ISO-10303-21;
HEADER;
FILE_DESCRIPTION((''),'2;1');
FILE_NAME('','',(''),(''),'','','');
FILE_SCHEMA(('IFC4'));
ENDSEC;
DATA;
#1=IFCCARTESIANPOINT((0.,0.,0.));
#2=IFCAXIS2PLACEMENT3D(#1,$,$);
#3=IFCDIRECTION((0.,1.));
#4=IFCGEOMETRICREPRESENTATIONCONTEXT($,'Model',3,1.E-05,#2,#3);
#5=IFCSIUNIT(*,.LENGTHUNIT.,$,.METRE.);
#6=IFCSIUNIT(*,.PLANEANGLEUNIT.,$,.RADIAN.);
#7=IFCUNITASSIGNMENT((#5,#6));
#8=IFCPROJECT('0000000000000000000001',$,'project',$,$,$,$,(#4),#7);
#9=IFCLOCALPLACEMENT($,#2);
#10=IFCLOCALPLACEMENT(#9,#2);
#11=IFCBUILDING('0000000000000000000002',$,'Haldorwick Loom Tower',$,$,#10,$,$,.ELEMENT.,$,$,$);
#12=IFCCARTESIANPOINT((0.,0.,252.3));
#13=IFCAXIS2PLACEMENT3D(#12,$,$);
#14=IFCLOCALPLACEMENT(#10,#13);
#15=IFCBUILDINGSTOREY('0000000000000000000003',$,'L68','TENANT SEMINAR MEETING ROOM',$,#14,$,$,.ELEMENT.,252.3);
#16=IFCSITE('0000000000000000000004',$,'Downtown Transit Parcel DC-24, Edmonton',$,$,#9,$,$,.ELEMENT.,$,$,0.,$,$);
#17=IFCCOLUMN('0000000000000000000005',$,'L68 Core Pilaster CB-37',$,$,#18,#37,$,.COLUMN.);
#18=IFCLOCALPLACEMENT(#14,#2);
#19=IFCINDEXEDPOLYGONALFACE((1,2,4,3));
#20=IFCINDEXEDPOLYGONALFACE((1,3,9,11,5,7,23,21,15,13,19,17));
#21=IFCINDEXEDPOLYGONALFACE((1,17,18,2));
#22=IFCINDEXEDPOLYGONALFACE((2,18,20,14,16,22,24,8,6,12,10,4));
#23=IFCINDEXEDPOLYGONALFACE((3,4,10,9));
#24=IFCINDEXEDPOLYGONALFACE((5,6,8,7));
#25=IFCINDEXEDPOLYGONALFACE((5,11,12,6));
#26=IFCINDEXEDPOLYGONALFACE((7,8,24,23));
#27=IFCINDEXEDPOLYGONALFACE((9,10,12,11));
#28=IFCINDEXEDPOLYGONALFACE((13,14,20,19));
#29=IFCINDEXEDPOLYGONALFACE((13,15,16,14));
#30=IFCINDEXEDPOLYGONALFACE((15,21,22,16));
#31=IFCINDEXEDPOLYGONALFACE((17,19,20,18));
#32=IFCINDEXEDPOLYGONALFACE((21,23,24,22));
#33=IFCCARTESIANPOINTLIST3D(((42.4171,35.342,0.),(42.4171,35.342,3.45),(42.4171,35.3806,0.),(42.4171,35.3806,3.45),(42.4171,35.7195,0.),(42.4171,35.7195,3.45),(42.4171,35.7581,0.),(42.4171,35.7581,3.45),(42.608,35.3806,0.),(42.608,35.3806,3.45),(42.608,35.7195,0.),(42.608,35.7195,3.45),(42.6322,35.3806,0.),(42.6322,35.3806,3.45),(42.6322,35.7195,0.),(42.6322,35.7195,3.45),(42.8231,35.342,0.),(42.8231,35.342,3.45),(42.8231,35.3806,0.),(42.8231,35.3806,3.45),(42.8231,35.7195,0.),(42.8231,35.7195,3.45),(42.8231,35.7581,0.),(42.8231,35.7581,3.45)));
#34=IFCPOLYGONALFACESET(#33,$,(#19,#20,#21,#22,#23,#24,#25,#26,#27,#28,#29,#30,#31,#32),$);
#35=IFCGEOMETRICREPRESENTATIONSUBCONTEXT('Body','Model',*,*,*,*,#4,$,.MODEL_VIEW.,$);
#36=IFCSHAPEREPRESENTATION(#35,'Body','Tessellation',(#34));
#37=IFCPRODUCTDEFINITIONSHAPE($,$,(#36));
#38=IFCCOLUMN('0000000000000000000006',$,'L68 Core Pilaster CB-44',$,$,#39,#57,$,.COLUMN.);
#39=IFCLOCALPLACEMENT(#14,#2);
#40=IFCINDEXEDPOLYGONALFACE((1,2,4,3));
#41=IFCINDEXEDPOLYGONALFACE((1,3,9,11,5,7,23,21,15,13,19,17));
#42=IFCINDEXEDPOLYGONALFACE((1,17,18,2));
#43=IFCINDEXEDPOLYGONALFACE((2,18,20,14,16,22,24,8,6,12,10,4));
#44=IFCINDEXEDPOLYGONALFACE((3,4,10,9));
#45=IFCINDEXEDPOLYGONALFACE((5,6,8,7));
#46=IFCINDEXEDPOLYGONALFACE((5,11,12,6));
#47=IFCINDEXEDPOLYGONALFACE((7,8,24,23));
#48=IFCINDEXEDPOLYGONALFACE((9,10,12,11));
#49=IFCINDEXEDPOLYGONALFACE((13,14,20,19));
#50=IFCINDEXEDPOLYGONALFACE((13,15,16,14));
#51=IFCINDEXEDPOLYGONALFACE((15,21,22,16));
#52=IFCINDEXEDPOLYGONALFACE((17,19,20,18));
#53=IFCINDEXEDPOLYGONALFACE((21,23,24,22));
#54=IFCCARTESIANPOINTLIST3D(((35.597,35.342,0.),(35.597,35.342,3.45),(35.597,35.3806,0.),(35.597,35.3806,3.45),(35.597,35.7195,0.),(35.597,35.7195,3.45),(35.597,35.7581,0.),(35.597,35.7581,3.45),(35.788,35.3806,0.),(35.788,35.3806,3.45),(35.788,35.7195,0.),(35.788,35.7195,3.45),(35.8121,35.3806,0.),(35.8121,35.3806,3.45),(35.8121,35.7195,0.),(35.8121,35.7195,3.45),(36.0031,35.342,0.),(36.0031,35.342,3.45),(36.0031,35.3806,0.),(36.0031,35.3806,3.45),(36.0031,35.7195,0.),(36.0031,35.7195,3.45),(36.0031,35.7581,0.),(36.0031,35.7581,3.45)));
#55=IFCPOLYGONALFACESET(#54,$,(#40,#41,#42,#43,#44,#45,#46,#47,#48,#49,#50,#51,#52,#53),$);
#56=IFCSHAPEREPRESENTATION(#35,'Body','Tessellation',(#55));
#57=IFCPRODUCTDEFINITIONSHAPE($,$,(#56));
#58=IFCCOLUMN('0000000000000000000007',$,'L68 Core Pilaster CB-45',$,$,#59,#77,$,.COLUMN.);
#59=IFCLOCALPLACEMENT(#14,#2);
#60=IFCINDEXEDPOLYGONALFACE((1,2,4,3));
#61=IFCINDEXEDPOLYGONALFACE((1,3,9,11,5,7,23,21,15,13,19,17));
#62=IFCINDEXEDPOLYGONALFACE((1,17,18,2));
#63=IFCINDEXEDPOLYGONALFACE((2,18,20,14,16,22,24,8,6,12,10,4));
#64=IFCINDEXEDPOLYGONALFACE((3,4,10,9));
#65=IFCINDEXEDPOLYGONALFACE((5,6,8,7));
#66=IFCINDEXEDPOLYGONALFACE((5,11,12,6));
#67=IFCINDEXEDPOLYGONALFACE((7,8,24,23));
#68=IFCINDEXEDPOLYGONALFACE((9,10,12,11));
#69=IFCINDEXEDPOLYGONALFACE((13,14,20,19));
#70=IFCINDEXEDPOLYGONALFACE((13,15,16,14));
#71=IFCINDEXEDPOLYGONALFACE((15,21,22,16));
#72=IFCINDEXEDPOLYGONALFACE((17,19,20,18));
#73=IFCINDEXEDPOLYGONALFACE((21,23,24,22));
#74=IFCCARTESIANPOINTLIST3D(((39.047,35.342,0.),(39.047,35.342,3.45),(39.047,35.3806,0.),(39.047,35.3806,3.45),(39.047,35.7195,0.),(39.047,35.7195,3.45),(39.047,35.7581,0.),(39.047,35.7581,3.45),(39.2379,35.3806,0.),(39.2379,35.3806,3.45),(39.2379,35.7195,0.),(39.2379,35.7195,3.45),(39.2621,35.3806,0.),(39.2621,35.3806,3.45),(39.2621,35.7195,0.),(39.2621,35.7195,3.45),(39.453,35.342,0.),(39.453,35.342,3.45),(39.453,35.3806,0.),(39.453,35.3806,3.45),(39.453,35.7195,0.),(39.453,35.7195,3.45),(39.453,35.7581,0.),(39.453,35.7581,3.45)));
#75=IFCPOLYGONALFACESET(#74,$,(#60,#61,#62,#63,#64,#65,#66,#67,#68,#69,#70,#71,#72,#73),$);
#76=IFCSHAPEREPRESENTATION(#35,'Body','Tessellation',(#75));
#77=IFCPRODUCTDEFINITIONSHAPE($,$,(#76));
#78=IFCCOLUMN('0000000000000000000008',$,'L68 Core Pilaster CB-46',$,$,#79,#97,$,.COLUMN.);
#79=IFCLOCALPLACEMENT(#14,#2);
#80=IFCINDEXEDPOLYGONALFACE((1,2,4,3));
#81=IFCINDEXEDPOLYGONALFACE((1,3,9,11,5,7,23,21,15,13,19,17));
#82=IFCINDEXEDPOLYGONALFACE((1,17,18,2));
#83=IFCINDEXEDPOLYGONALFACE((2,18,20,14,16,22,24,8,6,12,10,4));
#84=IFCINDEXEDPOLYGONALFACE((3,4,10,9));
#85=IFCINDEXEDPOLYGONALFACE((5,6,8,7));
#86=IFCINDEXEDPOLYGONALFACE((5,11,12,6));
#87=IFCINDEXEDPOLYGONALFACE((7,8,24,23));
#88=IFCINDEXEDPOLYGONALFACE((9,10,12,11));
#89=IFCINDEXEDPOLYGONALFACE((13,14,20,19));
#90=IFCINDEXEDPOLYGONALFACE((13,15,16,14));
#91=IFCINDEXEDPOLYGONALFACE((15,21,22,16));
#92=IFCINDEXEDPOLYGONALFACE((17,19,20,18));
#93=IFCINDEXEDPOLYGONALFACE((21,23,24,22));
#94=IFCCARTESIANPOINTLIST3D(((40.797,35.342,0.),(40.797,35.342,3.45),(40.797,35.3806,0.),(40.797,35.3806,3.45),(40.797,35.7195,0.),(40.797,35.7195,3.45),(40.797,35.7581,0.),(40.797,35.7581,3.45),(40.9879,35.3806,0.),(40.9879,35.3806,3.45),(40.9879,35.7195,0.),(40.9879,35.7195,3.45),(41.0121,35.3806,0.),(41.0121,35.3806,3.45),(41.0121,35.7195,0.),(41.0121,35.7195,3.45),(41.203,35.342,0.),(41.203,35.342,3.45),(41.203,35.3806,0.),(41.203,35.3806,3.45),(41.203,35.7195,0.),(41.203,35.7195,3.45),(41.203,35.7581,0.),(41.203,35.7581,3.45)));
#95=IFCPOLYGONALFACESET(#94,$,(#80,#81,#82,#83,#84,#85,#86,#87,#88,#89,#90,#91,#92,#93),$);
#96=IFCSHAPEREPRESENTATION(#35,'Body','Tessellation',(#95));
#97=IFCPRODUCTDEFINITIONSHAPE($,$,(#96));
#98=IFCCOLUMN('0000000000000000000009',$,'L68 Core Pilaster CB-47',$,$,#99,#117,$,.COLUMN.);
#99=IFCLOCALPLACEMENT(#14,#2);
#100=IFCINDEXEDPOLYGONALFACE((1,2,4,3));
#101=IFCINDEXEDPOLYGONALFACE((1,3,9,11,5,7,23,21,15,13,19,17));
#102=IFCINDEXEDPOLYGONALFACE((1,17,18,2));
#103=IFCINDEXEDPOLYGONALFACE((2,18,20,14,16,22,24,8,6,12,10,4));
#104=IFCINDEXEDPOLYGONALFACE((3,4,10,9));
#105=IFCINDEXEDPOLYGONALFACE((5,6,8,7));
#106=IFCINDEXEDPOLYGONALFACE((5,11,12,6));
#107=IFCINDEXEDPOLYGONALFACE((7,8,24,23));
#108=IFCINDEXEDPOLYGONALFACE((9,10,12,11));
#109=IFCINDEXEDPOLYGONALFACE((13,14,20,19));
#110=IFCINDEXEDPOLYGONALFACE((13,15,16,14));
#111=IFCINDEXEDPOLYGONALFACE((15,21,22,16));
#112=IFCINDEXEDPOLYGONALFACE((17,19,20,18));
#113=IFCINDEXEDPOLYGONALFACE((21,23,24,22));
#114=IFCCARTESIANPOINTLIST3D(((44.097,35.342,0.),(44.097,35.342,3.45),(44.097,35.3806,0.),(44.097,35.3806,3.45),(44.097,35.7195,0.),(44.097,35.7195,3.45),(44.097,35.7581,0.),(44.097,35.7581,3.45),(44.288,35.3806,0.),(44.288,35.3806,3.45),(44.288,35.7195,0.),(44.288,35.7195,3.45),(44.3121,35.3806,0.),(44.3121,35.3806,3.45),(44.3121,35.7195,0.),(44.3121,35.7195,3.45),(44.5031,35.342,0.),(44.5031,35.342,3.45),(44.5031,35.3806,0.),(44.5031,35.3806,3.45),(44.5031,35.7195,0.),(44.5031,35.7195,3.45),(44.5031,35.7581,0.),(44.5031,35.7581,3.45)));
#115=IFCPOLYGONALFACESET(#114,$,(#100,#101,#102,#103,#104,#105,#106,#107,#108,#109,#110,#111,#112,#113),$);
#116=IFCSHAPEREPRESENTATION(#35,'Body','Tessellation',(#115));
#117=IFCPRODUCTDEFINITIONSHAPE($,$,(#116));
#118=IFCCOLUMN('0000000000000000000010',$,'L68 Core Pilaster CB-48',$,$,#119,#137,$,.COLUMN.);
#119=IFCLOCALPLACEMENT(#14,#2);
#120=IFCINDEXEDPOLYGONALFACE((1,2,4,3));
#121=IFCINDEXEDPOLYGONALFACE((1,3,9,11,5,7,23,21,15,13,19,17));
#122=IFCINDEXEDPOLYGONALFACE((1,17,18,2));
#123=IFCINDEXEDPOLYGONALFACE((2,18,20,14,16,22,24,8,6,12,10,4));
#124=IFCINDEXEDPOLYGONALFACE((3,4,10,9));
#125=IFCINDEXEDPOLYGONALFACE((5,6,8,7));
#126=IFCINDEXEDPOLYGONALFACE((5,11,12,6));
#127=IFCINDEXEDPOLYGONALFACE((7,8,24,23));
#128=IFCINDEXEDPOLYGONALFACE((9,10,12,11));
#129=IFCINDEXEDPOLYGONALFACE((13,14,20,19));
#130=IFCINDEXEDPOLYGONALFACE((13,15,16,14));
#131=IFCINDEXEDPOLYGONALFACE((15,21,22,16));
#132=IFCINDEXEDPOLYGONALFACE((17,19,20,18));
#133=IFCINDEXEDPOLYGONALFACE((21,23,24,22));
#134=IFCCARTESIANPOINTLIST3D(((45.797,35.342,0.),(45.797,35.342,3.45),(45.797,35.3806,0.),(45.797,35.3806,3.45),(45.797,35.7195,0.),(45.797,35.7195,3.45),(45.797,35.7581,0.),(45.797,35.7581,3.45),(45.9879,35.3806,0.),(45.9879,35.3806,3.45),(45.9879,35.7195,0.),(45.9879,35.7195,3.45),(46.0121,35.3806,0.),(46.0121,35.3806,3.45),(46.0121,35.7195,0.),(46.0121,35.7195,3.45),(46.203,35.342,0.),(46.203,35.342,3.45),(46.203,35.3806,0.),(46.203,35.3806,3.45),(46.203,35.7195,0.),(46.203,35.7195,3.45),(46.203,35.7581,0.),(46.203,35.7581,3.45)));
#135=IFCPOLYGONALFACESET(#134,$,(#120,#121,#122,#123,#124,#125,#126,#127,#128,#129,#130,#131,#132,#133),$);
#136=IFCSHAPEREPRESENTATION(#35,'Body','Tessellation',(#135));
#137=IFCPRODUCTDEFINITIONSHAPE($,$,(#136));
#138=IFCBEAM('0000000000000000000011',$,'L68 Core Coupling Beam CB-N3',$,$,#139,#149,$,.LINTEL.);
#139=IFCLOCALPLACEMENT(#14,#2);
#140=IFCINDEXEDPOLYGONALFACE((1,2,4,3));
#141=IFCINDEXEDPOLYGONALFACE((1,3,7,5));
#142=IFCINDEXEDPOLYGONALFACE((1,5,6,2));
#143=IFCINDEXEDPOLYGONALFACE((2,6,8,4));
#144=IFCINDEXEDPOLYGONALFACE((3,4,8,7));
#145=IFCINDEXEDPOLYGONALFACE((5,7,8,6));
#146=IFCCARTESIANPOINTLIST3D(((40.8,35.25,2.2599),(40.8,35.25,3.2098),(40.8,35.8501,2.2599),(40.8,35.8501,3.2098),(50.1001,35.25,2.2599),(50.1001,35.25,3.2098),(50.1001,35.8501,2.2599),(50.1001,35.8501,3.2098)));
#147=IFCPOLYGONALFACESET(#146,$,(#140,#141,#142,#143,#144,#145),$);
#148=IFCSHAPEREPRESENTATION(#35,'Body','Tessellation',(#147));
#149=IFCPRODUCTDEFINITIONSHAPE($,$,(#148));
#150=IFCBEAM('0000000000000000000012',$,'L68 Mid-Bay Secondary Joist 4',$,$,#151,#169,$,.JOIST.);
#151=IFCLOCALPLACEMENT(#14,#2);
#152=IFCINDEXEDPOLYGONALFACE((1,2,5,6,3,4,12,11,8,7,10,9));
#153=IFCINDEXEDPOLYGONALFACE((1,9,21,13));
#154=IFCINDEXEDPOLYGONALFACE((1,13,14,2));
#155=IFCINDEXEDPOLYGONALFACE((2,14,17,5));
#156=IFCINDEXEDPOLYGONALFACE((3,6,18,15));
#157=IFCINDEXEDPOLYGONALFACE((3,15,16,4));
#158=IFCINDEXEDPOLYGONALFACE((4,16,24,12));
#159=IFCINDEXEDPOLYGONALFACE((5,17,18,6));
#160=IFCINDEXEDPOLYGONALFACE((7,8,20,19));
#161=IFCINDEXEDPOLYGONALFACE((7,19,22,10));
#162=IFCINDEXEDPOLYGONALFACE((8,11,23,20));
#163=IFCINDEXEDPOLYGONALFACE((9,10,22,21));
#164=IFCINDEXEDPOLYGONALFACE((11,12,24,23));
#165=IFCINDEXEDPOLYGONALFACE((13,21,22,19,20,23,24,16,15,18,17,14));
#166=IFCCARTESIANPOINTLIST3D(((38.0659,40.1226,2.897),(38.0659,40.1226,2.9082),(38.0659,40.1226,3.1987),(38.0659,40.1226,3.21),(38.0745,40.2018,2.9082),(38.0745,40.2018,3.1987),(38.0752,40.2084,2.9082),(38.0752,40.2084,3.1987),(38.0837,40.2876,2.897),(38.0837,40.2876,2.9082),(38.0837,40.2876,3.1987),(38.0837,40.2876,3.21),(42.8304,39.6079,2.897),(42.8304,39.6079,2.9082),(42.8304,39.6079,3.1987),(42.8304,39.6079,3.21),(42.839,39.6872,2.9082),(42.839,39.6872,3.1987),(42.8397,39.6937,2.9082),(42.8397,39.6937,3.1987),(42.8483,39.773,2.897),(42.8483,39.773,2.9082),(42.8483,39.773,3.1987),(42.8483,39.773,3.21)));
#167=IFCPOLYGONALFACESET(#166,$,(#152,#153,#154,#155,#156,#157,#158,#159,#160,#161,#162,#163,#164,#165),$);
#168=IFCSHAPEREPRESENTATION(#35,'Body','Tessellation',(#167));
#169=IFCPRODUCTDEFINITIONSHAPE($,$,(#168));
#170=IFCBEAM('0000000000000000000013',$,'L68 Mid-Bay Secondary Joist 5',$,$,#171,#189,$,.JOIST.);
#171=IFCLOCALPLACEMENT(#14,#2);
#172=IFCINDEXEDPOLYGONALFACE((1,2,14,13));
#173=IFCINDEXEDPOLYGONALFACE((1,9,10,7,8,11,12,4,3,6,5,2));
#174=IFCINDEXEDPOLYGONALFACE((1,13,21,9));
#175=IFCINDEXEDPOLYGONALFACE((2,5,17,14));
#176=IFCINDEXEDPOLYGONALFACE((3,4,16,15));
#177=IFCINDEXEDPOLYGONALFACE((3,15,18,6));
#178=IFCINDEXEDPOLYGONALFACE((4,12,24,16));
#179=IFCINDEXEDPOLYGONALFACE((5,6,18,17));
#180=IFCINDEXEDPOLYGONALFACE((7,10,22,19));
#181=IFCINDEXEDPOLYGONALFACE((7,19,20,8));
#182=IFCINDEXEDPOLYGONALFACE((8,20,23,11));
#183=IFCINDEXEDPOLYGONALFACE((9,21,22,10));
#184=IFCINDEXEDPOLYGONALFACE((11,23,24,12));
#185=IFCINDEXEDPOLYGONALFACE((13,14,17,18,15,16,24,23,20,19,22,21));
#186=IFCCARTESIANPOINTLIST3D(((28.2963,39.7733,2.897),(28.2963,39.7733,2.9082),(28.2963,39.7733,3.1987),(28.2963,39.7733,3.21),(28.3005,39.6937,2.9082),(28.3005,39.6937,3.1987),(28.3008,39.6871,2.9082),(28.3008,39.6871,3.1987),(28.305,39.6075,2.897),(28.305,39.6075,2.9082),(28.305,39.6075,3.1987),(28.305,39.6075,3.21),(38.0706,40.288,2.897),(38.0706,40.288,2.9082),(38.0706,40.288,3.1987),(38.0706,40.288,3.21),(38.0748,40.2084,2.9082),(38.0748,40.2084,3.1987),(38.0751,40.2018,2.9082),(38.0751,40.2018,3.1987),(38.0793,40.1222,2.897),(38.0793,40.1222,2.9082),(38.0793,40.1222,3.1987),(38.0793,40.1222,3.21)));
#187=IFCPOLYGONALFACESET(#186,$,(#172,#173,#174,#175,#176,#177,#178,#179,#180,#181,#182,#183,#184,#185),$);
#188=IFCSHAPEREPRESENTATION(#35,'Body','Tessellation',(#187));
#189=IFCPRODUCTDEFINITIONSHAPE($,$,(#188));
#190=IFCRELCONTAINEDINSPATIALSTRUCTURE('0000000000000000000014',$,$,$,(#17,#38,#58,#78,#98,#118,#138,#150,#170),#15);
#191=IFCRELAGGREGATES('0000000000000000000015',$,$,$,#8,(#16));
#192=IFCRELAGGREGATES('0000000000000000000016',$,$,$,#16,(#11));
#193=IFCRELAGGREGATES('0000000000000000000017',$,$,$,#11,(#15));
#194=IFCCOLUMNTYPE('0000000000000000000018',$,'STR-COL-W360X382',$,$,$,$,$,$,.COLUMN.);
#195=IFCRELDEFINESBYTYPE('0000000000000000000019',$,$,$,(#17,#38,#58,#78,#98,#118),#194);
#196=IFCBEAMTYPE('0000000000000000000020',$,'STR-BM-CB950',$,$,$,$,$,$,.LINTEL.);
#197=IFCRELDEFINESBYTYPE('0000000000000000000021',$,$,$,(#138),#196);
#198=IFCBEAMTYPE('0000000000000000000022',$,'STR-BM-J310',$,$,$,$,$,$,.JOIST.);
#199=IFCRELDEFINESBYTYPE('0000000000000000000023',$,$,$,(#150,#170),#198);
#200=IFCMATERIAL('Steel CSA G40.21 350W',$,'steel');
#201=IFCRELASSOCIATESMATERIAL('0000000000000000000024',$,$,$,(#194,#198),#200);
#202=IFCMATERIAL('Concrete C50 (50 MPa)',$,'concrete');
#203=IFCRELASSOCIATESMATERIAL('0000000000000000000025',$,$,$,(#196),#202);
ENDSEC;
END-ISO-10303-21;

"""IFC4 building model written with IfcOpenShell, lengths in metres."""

from ifc_helpers import new_model, si_unit, direction, frame, origin, origin_2d, place, context, subcontext, project, spatial, rectangle, i_section, extrude, material, material_profile, profile_set, type_object, element, save


model = new_model("IFC4")

# Units and contexts
model_context = context("Model", 3, precision=1e-05, world=origin(), true_north=direction((0.0, 1.0)))
body_context = subcontext(model_context, "Body", "Model", "MODEL_VIEW")
ifc_project = project(units=[si_unit("LENGTHUNIT", "METRE"), si_unit("PLANEANGLEUNIT", "RADIAN")], contexts=[model_context])

# Site, building, storey
site_placement = place(None, origin())
site = spatial("IfcSite", under=ifc_project, at=site_placement, Name="Downtown Transit Parcel DC-24, Edmonton", CompositionType="ELEMENT", RefElevation=0.0)
building_placement = place(site_placement, origin())
building = spatial("IfcBuilding", under=site, at=building_placement, Name="Haldorwick Loom Tower", CompositionType="ELEMENT")
storey_placement = place(building_placement, frame((0.0, 0.0, 252.3)))
storey = spatial("IfcBuildingStorey", under=building, at=storey_placement, Name="L68", Description="TENANT SEMINAR MEETING ROOM", CompositionType="ELEMENT", Elevation=252.3)

# Columns
ifc_material_1 = material(Name="Steel CSA G40.21 350W", Category="steel")
ifc_material_profile_1 = material_profile(ifc_material_1, i_section(OverallWidth=0.406, OverallDepth=0.416, WebThickness=0.0242, FlangeThickness=0.0386, at=origin_2d()), Name="W360X382", Category="steel")
ifc_profile_set_1 = profile_set([ifc_material_profile_1], Name="Steel CSA G40.21 350W")
column_type_1 = type_object("IfcColumnType", Name="STR-COL-W360X382", PredefinedType="COLUMN", material=ifc_profile_set_1)
for number, where, z_axis, x_axis, name in (
    (1, (42.6201, 35.55, 0.0), (0.0, 0.0, 1.0), (1.0, 0.0, 0.0), "L68 Core Pilaster CB-37"),
    (2, (35.8, 35.55, 0.0), (0.0, 0.0, 1.0), (1.0, 0.0, 0.0), "L68 Core Pilaster CB-44"),
    (3, (39.25, 35.55, 0.0), (0.0, 0.0, 1.0), (1.0, 0.0, 0.0), "L68 Core Pilaster CB-45"),
    (4, (41.0, 35.55, 0.0), (0.0, 0.0, 1.0), (1.0, 0.0, 0.0), "L68 Core Pilaster CB-46"),
    (5, (44.3, 35.55, 0.0), (0.0, 0.0, 1.0), (1.0, 0.0, 0.0), "L68 Core Pilaster CB-47"),
    (6, (46.0, 35.55, 0.0), (0.0, 0.0, 1.0), (1.0, 0.0, 0.0), "L68 Core Pilaster CB-48"),
):
    element("IfcColumn", number, at=place(storey_placement, frame(where, z_axis=z_axis, x_axis=x_axis)), inside=storey, type_object=column_type_1, Name=name, PredefinedType="COLUMN", context=body_context, shape_type="SweptSolid", body=[
        extrude(i_section(OverallWidth=0.406, OverallDepth=0.416, WebThickness=0.0242, FlangeThickness=0.0386, at=origin_2d()), origin(), (0.0, 0.0, 1.0), 3.45),
    ])

# Beams
ifc_material_2 = material(Name="Concrete C50 (50 MPa)", Category="concrete")
ifc_material_profile_2 = material_profile(ifc_material_2, rectangle(XDim=0.6001, YDim=0.95, at=origin_2d()), Name="RC600X950", Category="concrete")
ifc_profile_set_2 = profile_set([ifc_material_profile_2], Name="Concrete C50 (50 MPa)")
beam_type_1 = type_object("IfcBeamType", Name="STR-BM-CB950", PredefinedType="LINTEL", material=ifc_profile_set_2)
beam_1_placement = place(storey_placement, frame((40.8, 35.55, 2.7349), z_axis=(1.0, 0.0, 0.0), x_axis=(0.0, 1.0, 0.0)))
element("IfcBeam", 7, at=beam_1_placement, inside=storey, type_object=beam_type_1, Name="L68 Core Coupling Beam CB-N3", PredefinedType="LINTEL", context=body_context, shape_type="SweptSolid", body=[
    extrude(rectangle(XDim=0.6001, YDim=0.95, at=origin_2d()), origin(), (0.0, 0.0, 1.0), 9.3),
])
ifc_material_profile_3 = material_profile(ifc_material_1, i_section(OverallWidth=0.166, OverallDepth=0.313, WebThickness=0.0066, FlangeThickness=0.0112, at=origin_2d()), Name="W310X45", Category="steel")
ifc_profile_set_3 = profile_set([ifc_material_profile_3], Name="Steel CSA G40.21 350W")
beam_type_2 = type_object("IfcBeamType", Name="STR-BM-J310", PredefinedType="JOIST", material=ifc_profile_set_3)
beam_2_placement = place(storey_placement, frame((42.8394, 39.6904, 3.0535), z_axis=(-0.994216, 0.107395, 0.0), x_axis=(-0.107395, -0.994216, 0.0)))
element("IfcBeam", 8, at=beam_2_placement, inside=storey, type_object=beam_type_2, Name="L68 Mid-Bay Secondary Joist 4", PredefinedType="JOIST", context=body_context, shape_type="SweptSolid", body=[
    extrude(i_section(OverallWidth=0.166, OverallDepth=0.313, WebThickness=0.0066, FlangeThickness=0.0112, at=origin_2d()), origin(), (0.0, 0.0, 1.0), 4.7922),
])
beam_3_placement = place(storey_placement, frame((38.075, 40.2051, 3.0535), z_axis=(-0.998617, -0.05258, 0.0), x_axis=(0.05258, -0.998617, 0.0)))
element("IfcBeam", 9, at=beam_3_placement, inside=storey, type_object=beam_type_2, Name="L68 Mid-Bay Secondary Joist 5", PredefinedType="JOIST", context=body_context, shape_type="SweptSolid", body=[
    extrude(i_section(OverallWidth=0.166, OverallDepth=0.313, WebThickness=0.0066, FlangeThickness=0.0112, at=origin_2d()), origin(), (0.0, 0.0, 1.0), 9.7878),
])

save(model, "model.ifc")
